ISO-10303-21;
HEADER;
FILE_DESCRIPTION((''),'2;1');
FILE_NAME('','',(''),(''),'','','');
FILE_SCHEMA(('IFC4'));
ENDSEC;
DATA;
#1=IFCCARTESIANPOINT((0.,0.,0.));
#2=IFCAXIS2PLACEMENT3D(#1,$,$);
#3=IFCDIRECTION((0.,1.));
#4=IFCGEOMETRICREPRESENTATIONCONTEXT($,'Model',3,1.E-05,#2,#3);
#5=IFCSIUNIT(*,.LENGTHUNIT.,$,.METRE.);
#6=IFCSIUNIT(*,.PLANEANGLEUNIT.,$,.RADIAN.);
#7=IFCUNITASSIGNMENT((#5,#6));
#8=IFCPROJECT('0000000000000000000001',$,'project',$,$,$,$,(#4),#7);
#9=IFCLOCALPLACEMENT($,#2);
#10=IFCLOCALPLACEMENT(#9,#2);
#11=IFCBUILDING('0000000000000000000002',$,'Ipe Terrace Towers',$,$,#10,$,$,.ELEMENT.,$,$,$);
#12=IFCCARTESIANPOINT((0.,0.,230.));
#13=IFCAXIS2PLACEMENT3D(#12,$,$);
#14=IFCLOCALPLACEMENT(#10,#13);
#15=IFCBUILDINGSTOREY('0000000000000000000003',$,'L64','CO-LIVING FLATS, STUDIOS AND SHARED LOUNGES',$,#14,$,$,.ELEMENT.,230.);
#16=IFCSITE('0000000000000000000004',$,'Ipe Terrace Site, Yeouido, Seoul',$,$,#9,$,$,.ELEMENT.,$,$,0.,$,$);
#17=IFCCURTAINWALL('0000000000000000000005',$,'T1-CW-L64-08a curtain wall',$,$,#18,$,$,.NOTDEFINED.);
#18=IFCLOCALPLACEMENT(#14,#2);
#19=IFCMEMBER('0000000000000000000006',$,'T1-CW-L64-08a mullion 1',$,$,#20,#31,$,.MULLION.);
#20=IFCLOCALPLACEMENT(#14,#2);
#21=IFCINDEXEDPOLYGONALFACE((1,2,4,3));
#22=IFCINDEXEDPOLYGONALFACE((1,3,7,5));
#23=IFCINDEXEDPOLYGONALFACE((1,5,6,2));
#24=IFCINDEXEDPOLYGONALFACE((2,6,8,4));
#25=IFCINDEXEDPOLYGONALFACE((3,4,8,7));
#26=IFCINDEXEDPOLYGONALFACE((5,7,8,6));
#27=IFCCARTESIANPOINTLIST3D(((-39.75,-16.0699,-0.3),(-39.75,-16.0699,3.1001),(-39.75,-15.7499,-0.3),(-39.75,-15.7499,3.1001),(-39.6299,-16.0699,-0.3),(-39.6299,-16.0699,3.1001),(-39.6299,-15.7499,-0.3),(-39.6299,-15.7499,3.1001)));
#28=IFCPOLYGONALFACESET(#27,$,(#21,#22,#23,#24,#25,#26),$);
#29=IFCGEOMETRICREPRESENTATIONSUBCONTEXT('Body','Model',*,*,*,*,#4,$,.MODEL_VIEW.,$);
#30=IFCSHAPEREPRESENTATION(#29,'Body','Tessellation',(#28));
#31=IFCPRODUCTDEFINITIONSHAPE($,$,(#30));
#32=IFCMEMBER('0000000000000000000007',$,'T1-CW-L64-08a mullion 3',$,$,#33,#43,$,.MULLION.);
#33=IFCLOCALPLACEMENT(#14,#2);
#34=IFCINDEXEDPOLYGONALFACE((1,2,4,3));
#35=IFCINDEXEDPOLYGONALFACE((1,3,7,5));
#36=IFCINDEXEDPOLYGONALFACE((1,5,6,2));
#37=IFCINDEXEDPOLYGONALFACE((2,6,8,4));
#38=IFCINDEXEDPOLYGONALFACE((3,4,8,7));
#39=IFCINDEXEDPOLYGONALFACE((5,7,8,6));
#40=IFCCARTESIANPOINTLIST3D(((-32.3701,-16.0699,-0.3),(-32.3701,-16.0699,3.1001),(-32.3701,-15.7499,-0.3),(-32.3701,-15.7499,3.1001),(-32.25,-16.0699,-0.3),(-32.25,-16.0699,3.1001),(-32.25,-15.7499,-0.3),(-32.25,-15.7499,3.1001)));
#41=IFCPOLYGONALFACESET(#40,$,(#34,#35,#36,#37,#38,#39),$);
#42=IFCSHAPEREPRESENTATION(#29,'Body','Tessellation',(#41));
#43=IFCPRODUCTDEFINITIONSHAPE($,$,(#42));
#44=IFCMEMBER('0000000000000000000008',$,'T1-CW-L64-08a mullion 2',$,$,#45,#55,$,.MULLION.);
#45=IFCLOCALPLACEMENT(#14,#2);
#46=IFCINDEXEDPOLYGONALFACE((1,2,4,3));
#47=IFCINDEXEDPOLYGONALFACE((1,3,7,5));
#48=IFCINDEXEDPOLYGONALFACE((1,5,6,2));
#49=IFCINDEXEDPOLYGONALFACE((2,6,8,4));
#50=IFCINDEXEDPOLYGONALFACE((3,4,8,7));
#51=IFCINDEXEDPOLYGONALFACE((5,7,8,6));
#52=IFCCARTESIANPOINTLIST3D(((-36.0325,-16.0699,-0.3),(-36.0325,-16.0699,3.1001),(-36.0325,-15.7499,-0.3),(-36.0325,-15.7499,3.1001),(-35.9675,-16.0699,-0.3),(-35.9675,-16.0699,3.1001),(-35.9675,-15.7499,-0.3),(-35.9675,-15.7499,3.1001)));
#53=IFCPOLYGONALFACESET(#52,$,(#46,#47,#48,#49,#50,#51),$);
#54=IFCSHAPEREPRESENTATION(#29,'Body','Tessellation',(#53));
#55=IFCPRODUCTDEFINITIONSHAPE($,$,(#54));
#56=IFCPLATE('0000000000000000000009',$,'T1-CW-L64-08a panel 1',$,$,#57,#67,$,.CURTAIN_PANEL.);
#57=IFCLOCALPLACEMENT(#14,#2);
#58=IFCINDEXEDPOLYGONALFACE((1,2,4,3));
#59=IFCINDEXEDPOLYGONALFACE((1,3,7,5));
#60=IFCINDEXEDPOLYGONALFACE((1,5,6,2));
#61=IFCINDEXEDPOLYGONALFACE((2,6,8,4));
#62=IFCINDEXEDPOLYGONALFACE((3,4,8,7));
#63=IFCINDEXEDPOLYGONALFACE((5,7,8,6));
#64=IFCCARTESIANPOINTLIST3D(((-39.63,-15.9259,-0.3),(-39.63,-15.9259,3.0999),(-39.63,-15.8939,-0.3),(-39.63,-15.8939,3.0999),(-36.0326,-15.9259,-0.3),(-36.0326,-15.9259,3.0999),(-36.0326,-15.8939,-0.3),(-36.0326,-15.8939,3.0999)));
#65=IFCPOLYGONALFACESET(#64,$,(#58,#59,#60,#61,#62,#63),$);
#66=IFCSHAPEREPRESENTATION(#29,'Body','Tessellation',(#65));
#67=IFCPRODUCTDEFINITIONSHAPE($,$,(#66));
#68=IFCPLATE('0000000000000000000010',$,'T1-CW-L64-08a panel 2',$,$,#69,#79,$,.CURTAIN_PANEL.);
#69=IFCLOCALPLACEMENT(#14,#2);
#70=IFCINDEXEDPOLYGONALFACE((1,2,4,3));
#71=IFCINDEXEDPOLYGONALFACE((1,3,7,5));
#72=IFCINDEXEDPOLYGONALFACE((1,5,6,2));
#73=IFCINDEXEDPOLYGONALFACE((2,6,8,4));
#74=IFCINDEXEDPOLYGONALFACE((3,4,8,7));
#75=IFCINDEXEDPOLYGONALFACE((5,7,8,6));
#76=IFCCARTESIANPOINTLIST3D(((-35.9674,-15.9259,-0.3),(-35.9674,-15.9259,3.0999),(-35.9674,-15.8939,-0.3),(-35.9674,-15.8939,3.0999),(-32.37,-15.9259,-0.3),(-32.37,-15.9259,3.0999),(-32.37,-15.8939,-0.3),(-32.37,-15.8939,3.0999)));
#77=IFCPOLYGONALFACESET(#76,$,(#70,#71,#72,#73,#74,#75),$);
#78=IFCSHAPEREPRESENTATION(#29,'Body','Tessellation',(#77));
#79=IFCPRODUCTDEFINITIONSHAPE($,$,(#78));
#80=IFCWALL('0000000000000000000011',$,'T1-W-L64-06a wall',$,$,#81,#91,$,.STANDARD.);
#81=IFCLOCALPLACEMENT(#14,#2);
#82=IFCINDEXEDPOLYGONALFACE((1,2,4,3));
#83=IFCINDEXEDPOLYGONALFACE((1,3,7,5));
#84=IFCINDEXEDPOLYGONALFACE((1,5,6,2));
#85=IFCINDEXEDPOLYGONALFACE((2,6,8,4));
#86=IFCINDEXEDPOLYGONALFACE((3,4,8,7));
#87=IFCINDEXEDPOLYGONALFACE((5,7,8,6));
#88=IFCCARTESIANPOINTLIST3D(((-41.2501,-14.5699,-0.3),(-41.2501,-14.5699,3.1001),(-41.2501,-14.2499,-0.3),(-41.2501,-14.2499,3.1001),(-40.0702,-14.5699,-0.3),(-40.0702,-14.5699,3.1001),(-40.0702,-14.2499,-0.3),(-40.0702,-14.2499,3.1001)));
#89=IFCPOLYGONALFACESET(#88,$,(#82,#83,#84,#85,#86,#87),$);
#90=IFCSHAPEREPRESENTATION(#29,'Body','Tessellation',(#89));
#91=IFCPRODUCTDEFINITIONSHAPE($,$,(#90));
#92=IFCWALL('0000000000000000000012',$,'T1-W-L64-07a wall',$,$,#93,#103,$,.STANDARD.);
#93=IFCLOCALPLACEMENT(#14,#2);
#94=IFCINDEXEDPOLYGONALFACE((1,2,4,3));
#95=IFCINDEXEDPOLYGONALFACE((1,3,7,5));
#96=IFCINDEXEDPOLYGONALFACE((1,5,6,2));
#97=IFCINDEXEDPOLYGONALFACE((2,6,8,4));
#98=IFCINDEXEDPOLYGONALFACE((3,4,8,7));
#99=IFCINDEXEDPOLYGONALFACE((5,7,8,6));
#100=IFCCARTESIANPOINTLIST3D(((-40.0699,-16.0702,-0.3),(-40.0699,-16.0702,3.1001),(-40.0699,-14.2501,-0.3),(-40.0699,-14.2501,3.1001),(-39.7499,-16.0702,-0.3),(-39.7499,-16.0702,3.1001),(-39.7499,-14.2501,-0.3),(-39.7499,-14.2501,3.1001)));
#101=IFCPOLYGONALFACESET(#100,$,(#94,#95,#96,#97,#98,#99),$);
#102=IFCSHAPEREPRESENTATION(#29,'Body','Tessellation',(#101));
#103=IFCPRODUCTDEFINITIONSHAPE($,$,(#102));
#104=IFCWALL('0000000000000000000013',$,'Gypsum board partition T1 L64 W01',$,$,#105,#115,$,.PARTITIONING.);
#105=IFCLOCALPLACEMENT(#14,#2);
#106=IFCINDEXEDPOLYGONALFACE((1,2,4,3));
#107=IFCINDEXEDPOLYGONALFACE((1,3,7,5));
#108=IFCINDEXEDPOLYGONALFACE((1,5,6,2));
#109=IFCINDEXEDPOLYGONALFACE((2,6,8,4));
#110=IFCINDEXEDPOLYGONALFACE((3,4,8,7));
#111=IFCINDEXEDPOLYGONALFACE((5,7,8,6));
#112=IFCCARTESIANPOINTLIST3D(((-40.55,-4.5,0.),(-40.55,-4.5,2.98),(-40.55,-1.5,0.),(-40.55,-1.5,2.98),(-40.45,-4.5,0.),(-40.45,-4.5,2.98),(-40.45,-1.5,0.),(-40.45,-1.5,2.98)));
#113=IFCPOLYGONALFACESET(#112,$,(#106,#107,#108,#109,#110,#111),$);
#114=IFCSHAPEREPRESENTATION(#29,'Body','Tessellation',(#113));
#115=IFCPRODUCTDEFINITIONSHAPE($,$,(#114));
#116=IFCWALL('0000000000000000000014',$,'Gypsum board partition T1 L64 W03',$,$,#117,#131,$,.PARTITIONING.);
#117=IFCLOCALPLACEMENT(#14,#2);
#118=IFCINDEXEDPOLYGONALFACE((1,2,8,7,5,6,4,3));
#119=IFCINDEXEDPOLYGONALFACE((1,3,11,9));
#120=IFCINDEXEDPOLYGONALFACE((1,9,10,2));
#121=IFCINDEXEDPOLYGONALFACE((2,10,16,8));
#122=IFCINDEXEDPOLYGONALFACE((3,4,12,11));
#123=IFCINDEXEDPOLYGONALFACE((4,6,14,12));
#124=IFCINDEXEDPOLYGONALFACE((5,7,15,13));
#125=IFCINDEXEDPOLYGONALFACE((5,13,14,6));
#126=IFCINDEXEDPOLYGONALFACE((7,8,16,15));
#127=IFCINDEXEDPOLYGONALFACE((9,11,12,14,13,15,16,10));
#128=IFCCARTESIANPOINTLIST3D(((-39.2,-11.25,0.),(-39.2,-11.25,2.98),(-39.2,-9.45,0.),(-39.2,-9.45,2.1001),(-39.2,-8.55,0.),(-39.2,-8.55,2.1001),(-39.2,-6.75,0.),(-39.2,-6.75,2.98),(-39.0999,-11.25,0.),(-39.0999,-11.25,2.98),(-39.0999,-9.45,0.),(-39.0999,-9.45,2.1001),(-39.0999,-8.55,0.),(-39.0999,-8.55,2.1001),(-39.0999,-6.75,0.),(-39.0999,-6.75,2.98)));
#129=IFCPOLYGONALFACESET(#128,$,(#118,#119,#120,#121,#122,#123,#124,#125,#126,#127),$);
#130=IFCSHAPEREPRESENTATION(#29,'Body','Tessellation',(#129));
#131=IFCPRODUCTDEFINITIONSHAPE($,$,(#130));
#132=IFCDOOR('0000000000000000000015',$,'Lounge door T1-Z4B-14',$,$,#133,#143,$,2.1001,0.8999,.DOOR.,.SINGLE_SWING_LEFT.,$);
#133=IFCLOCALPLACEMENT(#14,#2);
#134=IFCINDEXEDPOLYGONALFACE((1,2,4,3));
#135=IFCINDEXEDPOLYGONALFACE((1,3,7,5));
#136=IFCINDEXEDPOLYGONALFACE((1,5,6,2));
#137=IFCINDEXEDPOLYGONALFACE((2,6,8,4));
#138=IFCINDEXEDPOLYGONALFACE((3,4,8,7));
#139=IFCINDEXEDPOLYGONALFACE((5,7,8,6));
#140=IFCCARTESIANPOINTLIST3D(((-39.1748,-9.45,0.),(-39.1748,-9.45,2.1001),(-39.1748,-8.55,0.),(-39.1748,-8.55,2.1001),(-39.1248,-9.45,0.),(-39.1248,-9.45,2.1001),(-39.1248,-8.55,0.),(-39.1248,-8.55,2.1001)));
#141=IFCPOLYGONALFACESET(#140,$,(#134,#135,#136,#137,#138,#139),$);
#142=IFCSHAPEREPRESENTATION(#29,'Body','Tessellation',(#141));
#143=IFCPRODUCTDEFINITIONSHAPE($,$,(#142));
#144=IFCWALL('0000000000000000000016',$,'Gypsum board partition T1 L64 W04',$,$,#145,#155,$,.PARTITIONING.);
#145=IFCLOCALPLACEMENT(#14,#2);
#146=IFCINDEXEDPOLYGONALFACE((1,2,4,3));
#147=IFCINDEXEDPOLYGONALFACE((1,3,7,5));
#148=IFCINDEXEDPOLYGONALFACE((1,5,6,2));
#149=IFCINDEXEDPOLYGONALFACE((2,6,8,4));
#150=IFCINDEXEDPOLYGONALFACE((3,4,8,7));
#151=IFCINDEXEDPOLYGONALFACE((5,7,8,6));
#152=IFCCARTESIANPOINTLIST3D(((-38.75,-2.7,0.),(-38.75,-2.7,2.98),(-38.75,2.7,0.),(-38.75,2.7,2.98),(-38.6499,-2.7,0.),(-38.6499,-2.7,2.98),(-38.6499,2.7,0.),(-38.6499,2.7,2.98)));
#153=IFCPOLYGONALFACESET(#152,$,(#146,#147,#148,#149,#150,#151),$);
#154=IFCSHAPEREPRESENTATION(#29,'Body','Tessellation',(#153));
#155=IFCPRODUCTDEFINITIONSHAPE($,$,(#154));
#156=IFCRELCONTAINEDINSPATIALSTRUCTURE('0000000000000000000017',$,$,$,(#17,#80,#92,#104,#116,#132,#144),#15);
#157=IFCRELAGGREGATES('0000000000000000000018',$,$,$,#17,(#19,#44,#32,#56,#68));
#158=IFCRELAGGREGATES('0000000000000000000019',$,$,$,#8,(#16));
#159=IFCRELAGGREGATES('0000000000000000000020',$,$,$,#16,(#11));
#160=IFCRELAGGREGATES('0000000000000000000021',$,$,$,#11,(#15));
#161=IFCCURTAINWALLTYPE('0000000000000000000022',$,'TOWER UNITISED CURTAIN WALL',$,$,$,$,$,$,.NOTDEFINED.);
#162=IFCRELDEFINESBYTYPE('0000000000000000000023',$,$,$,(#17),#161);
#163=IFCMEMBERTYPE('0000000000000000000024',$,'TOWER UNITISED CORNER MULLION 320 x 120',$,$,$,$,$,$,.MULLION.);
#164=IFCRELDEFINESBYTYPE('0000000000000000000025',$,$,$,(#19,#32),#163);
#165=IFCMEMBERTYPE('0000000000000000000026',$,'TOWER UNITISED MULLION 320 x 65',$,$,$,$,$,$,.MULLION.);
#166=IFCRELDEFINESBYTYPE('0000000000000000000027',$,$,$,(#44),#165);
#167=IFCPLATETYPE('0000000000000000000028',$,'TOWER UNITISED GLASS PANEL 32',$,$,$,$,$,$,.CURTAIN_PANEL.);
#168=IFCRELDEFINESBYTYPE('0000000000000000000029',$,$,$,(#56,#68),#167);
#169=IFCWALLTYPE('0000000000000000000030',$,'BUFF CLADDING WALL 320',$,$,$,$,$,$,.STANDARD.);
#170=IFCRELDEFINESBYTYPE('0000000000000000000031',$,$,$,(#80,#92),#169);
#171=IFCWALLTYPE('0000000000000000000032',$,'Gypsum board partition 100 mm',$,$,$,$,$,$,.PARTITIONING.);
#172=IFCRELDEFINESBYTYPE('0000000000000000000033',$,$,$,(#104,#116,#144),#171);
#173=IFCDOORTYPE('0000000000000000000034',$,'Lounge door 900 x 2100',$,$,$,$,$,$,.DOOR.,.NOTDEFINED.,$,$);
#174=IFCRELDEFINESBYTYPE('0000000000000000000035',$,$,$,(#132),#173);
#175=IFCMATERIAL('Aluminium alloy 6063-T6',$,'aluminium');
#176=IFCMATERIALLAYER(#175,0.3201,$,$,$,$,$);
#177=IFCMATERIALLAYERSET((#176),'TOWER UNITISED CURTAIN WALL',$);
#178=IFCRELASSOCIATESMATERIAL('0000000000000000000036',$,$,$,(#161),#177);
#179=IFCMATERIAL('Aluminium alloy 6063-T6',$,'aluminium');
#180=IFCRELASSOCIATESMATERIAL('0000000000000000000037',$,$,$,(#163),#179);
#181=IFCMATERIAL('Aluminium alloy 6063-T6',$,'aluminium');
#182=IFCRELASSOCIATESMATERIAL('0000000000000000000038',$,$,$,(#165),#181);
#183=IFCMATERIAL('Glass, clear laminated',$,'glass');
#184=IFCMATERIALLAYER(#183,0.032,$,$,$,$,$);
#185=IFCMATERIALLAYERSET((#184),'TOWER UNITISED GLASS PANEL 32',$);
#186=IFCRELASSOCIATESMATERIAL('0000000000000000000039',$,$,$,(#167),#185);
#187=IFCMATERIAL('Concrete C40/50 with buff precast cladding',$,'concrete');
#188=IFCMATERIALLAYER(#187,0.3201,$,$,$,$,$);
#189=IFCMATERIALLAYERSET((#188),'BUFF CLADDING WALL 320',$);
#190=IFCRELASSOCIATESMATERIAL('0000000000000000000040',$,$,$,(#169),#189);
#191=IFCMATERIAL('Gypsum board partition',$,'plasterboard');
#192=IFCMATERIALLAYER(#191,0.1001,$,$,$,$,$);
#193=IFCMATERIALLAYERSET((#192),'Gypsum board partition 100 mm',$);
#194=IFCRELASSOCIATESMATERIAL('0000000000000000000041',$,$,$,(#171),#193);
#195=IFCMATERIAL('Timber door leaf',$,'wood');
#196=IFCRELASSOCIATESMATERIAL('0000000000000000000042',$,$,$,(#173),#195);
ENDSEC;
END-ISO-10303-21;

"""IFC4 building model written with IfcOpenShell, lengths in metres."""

from ifc_helpers import new_model, si_unit, direction, frame, frame_2d, origin, origin_2d, place, context, subcontext, project, spatial, rectangle, extrude, material, layer, layer_set, material_profile, profile_set, type_object, element, fill, aggregate, save


model = new_model("IFC4")

# Units and contexts
model_context = context("Model", 3, precision=1e-05, world=origin(), true_north=direction((0.0, 1.0)))
body_context = subcontext(model_context, "Body", "Model", "MODEL_VIEW")
ifc_project = project(units=[si_unit("LENGTHUNIT", "METRE"), si_unit("PLANEANGLEUNIT", "RADIAN")], contexts=[model_context])

# Site, building, storey
site_placement = place(None, origin())
site = spatial("IfcSite", under=ifc_project, at=site_placement, Name="Ipe Terrace Site, Yeouido, Seoul", CompositionType="ELEMENT", RefElevation=0.0)
building_placement = place(site_placement, origin())
building = spatial("IfcBuilding", under=site, at=building_placement, Name="Ipe Terrace Towers", CompositionType="ELEMENT")
storey_placement = place(building_placement, frame((0.0, 0.0, 230.0)))
storey = spatial("IfcBuildingStorey", under=building, at=storey_placement, Name="L64", Description="CO-LIVING FLATS, STUDIOS AND SHARED LOUNGES", CompositionType="ELEMENT", Elevation=230.0)

# Curtain wall, members, plates
ifc_material_1 = material(Name="Aluminium alloy 6063-T6", Category="aluminium")
ifc_layer_1 = layer(ifc_material_1, 0.3201)
ifc_layer_set_1 = layer_set([ifc_layer_1], Name="TOWER UNITISED CURTAIN WALL")
curtain_wall_type = type_object("IfcCurtainWallType", Name="TOWER UNITISED CURTAIN WALL", PredefinedType="NOTDEFINED", material=ifc_layer_set_1)
curtain_wall_placement = place(storey_placement, origin())
curtain_wall = element("IfcCurtainWall", 1, at=curtain_wall_placement, inside=storey, type_object=curtain_wall_type, Name="T1-CW-L64-08a curtain wall", PredefinedType="NOTDEFINED")
ifc_material_2 = material(Name="Aluminium alloy 6063-T6", Category="aluminium")
ifc_material_profile_1 = material_profile(ifc_material_2, rectangle(XDim=0.3201, YDim=0.1201, at=origin_2d()), Name="TOWER UNITISED CORNER MULLION 320 x 120")
ifc_profile_set_1 = profile_set([ifc_material_profile_1], Name="Aluminium alloy 6063-T6")
member_type_1 = type_object("IfcMemberType", Name="TOWER UNITISED CORNER MULLION 320 x 120", PredefinedType="MULLION", material=ifc_profile_set_1)
member_1_placement = place(storey_placement, frame((-39.6899, -15.9099, -0.3), z_axis=(0.0, 0.0, 1.0), x_axis=(0.0, -1.0, 0.0)))
member_1 = element("IfcMember", 2, at=member_1_placement, type_object=member_type_1, Name="T1-CW-L64-08a mullion 1", PredefinedType="MULLION", context=body_context, shape_type="SweptSolid", body=[
    extrude(rectangle(XDim=0.3201, YDim=0.1201, at=origin_2d()), origin(), (0.0, 0.0, 1.0), 3.4001),
])
member_2_placement = place(storey_placement, frame((-32.3101, -15.9099, -0.3), z_axis=(0.0, 0.0, 1.0), x_axis=(0.0, -1.0, 0.0)))
member_2 = element("IfcMember", 3, at=member_2_placement, type_object=member_type_1, Name="T1-CW-L64-08a mullion 3", PredefinedType="MULLION", context=body_context, shape_type="SweptSolid", body=[
    extrude(rectangle(XDim=0.3201, YDim=0.1201, at=origin_2d()), origin(), (0.0, 0.0, 1.0), 3.4001),
])
ifc_material_3 = material(Name="Aluminium alloy 6063-T6", Category="aluminium")
ifc_material_profile_2 = material_profile(ifc_material_3, rectangle(XDim=0.3201, YDim=0.0649, at=origin_2d()), Name="TOWER UNITISED MULLION 320 x 65")
ifc_profile_set_2 = profile_set([ifc_material_profile_2], Name="Aluminium alloy 6063-T6")
member_type_2 = type_object("IfcMemberType", Name="TOWER UNITISED MULLION 320 x 65", PredefinedType="MULLION", material=ifc_profile_set_2)
member_3_placement = place(storey_placement, frame((-36.0, -15.9099, -0.3), z_axis=(0.0, 0.0, 1.0), x_axis=(0.0, -1.0, 0.0)))
member_3 = element("IfcMember", 4, at=member_3_placement, type_object=member_type_2, Name="T1-CW-L64-08a mullion 2", PredefinedType="MULLION", context=body_context, shape_type="SweptSolid", body=[
    extrude(rectangle(XDim=0.3201, YDim=0.0649, at=origin_2d()), origin(), (0.0, 0.0, 1.0), 3.4001),
])
ifc_material_4 = material(Name="Glass, clear laminated", Category="glass")
ifc_layer_2 = layer(ifc_material_4, 0.032)
ifc_layer_set_2 = layer_set([ifc_layer_2], Name="TOWER UNITISED GLASS PANEL 32")
plate_type = type_object("IfcPlateType", Name="TOWER UNITISED GLASS PANEL 32", PredefinedType="CURTAIN_PANEL", material=ifc_layer_set_2)
plate_1_placement = place(storey_placement, frame((-37.8313, -15.9099, -0.3), z_axis=(0.0, 0.0, 1.0), x_axis=(1.0, 0.0, 0.0)))
plate_1 = element("IfcPlate", 5, at=plate_1_placement, type_object=plate_type, Name="T1-CW-L64-08a panel 1", PredefinedType="CURTAIN_PANEL", context=body_context, shape_type="SweptSolid", body=[
    extrude(rectangle(XDim=3.5974, YDim=0.032, at=origin_2d()), origin(), (0.0, 0.0, 1.0), 3.3999),
])
plate_2_placement = place(storey_placement, frame((-34.1687, -15.9099, -0.3), z_axis=(0.0, 0.0, 1.0), x_axis=(1.0, 0.0, 0.0)))
plate_2 = element("IfcPlate", 6, at=plate_2_placement, type_object=plate_type, Name="T1-CW-L64-08a panel 2", PredefinedType="CURTAIN_PANEL", context=body_context, shape_type="SweptSolid", body=[
    extrude(rectangle(XDim=3.5974, YDim=0.032, at=origin_2d()), origin(), (0.0, 0.0, 1.0), 3.3999),
])
aggregate(curtain_wall, [member_1, member_3, member_2, plate_1, plate_2])

# Walls
ifc_material_5 = material(Name="Concrete C40/50 with buff precast cladding", Category="concrete")
ifc_layer_3 = layer(ifc_material_5, 0.3201)
ifc_layer_set_3 = layer_set([ifc_layer_3], Name="BUFF CLADDING WALL 320")
wall_type_1 = type_object("IfcWallType", Name="BUFF CLADDING WALL 320", PredefinedType="STANDARD", material=ifc_layer_set_3)
wall_1_placement = place(storey_placement, frame((-41.25, -14.4099, -0.3), z_axis=(0.0, 0.0, 1.0), x_axis=(1.0, 0.0, 0.0)))
element("IfcWall", 7, at=wall_1_placement, inside=storey, type_object=wall_type_1, Name="T1-W-L64-06a wall", PredefinedType="STANDARD", context=body_context, shape_type="SweptSolid", body=[
    extrude(rectangle(XDim=1.1799, YDim=0.3201, at=frame_2d((0.5898, 0.0))), origin(), (0.0, 0.0, 1.0), 3.4001),
])
wall_2_placement = place(storey_placement, frame((-39.9099, -14.25, -0.3), z_axis=(0.0, 0.0, 1.0), x_axis=(0.0, -1.0, 0.0)))
element("IfcWall", 8, at=wall_2_placement, inside=storey, type_object=wall_type_1, Name="T1-W-L64-07a wall", PredefinedType="STANDARD", context=body_context, shape_type="SweptSolid", body=[
    extrude(rectangle(XDim=1.8201, YDim=0.3201, at=frame_2d((0.9102, 0.0))), origin(), (0.0, 0.0, 1.0), 3.4001),
])
ifc_material_6 = material(Name="Gypsum board partition", Category="plasterboard")
ifc_layer_4 = layer(ifc_material_6, 0.1001)
ifc_layer_set_4 = layer_set([ifc_layer_4], Name="Gypsum board partition 100 mm")
wall_type_2 = type_object("IfcWallType", Name="Gypsum board partition 100 mm", PredefinedType="PARTITIONING", material=ifc_layer_set_4)
wall_3_placement = place(storey_placement, frame((-40.5, -4.5, 0.0), z_axis=(0.0, 0.0, 1.0), x_axis=(0.0, 1.0, 0.0)))
element("IfcWall", 9, at=wall_3_placement, inside=storey, type_object=wall_type_2, Name="Gypsum board partition T1 L64 W01", PredefinedType="PARTITIONING", context=body_context, shape_type="SweptSolid", body=[
    extrude(rectangle(XDim=3.0, YDim=0.1001, at=frame_2d((1.5, 0.0))), origin(), (0.0, 0.0, 1.0), 2.98),
])

# Wall, opening, door
wall_4_placement = place(storey_placement, frame((-39.1499, -11.25, 0.0), z_axis=(0.0, 0.0, 1.0), x_axis=(0.0, 1.0, 0.0)))
wall_4 = element("IfcWall", 10, at=wall_4_placement, inside=storey, type_object=wall_type_2, Name="Gypsum board partition T1 L64 W03", PredefinedType="PARTITIONING", context=body_context, shape_type="SweptSolid", body=[
    extrude(rectangle(XDim=4.5, YDim=0.1001, at=frame_2d((2.25, 0.0))), origin(), (0.0, 0.0, 1.0), 2.98),
])
opening_1_placement = place(wall_4_placement, frame((1.8, 0.0, 0.0)))
opening_1 = element("IfcOpeningElement", 11, at=opening_1_placement, cuts=wall_4, PredefinedType="OPENING", context=body_context, shape_type="SweptSolid", body=[
    extrude(rectangle(XDim=0.8999, YDim=2.1001, at=frame_2d((0.45, 1.05))), frame((0.0, 0.0601, 0.0), z_axis=(0.0, -1.0, 0.0), x_axis=(1.0, 0.0, 0.0)), (0.0, 0.0, 1.0), 0.1201),
])
ifc_material_7 = material(Name="Timber door leaf", Category="wood")
door_type = type_object("IfcDoorType", Name="Lounge door 900 x 2100", OperationType="NOTDEFINED", PredefinedType="DOOR", material=ifc_material_7)
door_1_placement = place(opening_1_placement, origin())
door_1 = element("IfcDoor", 12, at=door_1_placement, inside=storey, type_object=door_type, Name="Lounge door T1-Z4B-14", OperationType="SINGLE_SWING_LEFT", OverallHeight=2.1001, OverallWidth=0.8999, PredefinedType="DOOR", context=body_context, shape_type="SweptSolid", body=[
    extrude(rectangle(XDim=0.8999, YDim=2.1001, at=frame_2d((0.45, 1.05))), frame((0.0, 0.0249, 0.0), z_axis=(0.0, -1.0, 0.0), x_axis=(1.0, 0.0, 0.0)), (0.0, 0.0, 1.0), 0.05),
])
fill(opening_1, door_1)

# Wall
wall_5_placement = place(storey_placement, frame((-38.7, -2.7, 0.0), z_axis=(0.0, 0.0, 1.0), x_axis=(0.0, 1.0, 0.0)))
element("IfcWall", 13, at=wall_5_placement, inside=storey, type_object=wall_type_2, Name="Gypsum board partition T1 L64 W04", PredefinedType="PARTITIONING", context=body_context, shape_type="SweptSolid", body=[
    extrude(rectangle(XDim=5.3999, YDim=0.1001, at=frame_2d((2.7, 0.0))), origin(), (0.0, 0.0, 1.0), 2.98),
])

save(model, "model.ifc")
